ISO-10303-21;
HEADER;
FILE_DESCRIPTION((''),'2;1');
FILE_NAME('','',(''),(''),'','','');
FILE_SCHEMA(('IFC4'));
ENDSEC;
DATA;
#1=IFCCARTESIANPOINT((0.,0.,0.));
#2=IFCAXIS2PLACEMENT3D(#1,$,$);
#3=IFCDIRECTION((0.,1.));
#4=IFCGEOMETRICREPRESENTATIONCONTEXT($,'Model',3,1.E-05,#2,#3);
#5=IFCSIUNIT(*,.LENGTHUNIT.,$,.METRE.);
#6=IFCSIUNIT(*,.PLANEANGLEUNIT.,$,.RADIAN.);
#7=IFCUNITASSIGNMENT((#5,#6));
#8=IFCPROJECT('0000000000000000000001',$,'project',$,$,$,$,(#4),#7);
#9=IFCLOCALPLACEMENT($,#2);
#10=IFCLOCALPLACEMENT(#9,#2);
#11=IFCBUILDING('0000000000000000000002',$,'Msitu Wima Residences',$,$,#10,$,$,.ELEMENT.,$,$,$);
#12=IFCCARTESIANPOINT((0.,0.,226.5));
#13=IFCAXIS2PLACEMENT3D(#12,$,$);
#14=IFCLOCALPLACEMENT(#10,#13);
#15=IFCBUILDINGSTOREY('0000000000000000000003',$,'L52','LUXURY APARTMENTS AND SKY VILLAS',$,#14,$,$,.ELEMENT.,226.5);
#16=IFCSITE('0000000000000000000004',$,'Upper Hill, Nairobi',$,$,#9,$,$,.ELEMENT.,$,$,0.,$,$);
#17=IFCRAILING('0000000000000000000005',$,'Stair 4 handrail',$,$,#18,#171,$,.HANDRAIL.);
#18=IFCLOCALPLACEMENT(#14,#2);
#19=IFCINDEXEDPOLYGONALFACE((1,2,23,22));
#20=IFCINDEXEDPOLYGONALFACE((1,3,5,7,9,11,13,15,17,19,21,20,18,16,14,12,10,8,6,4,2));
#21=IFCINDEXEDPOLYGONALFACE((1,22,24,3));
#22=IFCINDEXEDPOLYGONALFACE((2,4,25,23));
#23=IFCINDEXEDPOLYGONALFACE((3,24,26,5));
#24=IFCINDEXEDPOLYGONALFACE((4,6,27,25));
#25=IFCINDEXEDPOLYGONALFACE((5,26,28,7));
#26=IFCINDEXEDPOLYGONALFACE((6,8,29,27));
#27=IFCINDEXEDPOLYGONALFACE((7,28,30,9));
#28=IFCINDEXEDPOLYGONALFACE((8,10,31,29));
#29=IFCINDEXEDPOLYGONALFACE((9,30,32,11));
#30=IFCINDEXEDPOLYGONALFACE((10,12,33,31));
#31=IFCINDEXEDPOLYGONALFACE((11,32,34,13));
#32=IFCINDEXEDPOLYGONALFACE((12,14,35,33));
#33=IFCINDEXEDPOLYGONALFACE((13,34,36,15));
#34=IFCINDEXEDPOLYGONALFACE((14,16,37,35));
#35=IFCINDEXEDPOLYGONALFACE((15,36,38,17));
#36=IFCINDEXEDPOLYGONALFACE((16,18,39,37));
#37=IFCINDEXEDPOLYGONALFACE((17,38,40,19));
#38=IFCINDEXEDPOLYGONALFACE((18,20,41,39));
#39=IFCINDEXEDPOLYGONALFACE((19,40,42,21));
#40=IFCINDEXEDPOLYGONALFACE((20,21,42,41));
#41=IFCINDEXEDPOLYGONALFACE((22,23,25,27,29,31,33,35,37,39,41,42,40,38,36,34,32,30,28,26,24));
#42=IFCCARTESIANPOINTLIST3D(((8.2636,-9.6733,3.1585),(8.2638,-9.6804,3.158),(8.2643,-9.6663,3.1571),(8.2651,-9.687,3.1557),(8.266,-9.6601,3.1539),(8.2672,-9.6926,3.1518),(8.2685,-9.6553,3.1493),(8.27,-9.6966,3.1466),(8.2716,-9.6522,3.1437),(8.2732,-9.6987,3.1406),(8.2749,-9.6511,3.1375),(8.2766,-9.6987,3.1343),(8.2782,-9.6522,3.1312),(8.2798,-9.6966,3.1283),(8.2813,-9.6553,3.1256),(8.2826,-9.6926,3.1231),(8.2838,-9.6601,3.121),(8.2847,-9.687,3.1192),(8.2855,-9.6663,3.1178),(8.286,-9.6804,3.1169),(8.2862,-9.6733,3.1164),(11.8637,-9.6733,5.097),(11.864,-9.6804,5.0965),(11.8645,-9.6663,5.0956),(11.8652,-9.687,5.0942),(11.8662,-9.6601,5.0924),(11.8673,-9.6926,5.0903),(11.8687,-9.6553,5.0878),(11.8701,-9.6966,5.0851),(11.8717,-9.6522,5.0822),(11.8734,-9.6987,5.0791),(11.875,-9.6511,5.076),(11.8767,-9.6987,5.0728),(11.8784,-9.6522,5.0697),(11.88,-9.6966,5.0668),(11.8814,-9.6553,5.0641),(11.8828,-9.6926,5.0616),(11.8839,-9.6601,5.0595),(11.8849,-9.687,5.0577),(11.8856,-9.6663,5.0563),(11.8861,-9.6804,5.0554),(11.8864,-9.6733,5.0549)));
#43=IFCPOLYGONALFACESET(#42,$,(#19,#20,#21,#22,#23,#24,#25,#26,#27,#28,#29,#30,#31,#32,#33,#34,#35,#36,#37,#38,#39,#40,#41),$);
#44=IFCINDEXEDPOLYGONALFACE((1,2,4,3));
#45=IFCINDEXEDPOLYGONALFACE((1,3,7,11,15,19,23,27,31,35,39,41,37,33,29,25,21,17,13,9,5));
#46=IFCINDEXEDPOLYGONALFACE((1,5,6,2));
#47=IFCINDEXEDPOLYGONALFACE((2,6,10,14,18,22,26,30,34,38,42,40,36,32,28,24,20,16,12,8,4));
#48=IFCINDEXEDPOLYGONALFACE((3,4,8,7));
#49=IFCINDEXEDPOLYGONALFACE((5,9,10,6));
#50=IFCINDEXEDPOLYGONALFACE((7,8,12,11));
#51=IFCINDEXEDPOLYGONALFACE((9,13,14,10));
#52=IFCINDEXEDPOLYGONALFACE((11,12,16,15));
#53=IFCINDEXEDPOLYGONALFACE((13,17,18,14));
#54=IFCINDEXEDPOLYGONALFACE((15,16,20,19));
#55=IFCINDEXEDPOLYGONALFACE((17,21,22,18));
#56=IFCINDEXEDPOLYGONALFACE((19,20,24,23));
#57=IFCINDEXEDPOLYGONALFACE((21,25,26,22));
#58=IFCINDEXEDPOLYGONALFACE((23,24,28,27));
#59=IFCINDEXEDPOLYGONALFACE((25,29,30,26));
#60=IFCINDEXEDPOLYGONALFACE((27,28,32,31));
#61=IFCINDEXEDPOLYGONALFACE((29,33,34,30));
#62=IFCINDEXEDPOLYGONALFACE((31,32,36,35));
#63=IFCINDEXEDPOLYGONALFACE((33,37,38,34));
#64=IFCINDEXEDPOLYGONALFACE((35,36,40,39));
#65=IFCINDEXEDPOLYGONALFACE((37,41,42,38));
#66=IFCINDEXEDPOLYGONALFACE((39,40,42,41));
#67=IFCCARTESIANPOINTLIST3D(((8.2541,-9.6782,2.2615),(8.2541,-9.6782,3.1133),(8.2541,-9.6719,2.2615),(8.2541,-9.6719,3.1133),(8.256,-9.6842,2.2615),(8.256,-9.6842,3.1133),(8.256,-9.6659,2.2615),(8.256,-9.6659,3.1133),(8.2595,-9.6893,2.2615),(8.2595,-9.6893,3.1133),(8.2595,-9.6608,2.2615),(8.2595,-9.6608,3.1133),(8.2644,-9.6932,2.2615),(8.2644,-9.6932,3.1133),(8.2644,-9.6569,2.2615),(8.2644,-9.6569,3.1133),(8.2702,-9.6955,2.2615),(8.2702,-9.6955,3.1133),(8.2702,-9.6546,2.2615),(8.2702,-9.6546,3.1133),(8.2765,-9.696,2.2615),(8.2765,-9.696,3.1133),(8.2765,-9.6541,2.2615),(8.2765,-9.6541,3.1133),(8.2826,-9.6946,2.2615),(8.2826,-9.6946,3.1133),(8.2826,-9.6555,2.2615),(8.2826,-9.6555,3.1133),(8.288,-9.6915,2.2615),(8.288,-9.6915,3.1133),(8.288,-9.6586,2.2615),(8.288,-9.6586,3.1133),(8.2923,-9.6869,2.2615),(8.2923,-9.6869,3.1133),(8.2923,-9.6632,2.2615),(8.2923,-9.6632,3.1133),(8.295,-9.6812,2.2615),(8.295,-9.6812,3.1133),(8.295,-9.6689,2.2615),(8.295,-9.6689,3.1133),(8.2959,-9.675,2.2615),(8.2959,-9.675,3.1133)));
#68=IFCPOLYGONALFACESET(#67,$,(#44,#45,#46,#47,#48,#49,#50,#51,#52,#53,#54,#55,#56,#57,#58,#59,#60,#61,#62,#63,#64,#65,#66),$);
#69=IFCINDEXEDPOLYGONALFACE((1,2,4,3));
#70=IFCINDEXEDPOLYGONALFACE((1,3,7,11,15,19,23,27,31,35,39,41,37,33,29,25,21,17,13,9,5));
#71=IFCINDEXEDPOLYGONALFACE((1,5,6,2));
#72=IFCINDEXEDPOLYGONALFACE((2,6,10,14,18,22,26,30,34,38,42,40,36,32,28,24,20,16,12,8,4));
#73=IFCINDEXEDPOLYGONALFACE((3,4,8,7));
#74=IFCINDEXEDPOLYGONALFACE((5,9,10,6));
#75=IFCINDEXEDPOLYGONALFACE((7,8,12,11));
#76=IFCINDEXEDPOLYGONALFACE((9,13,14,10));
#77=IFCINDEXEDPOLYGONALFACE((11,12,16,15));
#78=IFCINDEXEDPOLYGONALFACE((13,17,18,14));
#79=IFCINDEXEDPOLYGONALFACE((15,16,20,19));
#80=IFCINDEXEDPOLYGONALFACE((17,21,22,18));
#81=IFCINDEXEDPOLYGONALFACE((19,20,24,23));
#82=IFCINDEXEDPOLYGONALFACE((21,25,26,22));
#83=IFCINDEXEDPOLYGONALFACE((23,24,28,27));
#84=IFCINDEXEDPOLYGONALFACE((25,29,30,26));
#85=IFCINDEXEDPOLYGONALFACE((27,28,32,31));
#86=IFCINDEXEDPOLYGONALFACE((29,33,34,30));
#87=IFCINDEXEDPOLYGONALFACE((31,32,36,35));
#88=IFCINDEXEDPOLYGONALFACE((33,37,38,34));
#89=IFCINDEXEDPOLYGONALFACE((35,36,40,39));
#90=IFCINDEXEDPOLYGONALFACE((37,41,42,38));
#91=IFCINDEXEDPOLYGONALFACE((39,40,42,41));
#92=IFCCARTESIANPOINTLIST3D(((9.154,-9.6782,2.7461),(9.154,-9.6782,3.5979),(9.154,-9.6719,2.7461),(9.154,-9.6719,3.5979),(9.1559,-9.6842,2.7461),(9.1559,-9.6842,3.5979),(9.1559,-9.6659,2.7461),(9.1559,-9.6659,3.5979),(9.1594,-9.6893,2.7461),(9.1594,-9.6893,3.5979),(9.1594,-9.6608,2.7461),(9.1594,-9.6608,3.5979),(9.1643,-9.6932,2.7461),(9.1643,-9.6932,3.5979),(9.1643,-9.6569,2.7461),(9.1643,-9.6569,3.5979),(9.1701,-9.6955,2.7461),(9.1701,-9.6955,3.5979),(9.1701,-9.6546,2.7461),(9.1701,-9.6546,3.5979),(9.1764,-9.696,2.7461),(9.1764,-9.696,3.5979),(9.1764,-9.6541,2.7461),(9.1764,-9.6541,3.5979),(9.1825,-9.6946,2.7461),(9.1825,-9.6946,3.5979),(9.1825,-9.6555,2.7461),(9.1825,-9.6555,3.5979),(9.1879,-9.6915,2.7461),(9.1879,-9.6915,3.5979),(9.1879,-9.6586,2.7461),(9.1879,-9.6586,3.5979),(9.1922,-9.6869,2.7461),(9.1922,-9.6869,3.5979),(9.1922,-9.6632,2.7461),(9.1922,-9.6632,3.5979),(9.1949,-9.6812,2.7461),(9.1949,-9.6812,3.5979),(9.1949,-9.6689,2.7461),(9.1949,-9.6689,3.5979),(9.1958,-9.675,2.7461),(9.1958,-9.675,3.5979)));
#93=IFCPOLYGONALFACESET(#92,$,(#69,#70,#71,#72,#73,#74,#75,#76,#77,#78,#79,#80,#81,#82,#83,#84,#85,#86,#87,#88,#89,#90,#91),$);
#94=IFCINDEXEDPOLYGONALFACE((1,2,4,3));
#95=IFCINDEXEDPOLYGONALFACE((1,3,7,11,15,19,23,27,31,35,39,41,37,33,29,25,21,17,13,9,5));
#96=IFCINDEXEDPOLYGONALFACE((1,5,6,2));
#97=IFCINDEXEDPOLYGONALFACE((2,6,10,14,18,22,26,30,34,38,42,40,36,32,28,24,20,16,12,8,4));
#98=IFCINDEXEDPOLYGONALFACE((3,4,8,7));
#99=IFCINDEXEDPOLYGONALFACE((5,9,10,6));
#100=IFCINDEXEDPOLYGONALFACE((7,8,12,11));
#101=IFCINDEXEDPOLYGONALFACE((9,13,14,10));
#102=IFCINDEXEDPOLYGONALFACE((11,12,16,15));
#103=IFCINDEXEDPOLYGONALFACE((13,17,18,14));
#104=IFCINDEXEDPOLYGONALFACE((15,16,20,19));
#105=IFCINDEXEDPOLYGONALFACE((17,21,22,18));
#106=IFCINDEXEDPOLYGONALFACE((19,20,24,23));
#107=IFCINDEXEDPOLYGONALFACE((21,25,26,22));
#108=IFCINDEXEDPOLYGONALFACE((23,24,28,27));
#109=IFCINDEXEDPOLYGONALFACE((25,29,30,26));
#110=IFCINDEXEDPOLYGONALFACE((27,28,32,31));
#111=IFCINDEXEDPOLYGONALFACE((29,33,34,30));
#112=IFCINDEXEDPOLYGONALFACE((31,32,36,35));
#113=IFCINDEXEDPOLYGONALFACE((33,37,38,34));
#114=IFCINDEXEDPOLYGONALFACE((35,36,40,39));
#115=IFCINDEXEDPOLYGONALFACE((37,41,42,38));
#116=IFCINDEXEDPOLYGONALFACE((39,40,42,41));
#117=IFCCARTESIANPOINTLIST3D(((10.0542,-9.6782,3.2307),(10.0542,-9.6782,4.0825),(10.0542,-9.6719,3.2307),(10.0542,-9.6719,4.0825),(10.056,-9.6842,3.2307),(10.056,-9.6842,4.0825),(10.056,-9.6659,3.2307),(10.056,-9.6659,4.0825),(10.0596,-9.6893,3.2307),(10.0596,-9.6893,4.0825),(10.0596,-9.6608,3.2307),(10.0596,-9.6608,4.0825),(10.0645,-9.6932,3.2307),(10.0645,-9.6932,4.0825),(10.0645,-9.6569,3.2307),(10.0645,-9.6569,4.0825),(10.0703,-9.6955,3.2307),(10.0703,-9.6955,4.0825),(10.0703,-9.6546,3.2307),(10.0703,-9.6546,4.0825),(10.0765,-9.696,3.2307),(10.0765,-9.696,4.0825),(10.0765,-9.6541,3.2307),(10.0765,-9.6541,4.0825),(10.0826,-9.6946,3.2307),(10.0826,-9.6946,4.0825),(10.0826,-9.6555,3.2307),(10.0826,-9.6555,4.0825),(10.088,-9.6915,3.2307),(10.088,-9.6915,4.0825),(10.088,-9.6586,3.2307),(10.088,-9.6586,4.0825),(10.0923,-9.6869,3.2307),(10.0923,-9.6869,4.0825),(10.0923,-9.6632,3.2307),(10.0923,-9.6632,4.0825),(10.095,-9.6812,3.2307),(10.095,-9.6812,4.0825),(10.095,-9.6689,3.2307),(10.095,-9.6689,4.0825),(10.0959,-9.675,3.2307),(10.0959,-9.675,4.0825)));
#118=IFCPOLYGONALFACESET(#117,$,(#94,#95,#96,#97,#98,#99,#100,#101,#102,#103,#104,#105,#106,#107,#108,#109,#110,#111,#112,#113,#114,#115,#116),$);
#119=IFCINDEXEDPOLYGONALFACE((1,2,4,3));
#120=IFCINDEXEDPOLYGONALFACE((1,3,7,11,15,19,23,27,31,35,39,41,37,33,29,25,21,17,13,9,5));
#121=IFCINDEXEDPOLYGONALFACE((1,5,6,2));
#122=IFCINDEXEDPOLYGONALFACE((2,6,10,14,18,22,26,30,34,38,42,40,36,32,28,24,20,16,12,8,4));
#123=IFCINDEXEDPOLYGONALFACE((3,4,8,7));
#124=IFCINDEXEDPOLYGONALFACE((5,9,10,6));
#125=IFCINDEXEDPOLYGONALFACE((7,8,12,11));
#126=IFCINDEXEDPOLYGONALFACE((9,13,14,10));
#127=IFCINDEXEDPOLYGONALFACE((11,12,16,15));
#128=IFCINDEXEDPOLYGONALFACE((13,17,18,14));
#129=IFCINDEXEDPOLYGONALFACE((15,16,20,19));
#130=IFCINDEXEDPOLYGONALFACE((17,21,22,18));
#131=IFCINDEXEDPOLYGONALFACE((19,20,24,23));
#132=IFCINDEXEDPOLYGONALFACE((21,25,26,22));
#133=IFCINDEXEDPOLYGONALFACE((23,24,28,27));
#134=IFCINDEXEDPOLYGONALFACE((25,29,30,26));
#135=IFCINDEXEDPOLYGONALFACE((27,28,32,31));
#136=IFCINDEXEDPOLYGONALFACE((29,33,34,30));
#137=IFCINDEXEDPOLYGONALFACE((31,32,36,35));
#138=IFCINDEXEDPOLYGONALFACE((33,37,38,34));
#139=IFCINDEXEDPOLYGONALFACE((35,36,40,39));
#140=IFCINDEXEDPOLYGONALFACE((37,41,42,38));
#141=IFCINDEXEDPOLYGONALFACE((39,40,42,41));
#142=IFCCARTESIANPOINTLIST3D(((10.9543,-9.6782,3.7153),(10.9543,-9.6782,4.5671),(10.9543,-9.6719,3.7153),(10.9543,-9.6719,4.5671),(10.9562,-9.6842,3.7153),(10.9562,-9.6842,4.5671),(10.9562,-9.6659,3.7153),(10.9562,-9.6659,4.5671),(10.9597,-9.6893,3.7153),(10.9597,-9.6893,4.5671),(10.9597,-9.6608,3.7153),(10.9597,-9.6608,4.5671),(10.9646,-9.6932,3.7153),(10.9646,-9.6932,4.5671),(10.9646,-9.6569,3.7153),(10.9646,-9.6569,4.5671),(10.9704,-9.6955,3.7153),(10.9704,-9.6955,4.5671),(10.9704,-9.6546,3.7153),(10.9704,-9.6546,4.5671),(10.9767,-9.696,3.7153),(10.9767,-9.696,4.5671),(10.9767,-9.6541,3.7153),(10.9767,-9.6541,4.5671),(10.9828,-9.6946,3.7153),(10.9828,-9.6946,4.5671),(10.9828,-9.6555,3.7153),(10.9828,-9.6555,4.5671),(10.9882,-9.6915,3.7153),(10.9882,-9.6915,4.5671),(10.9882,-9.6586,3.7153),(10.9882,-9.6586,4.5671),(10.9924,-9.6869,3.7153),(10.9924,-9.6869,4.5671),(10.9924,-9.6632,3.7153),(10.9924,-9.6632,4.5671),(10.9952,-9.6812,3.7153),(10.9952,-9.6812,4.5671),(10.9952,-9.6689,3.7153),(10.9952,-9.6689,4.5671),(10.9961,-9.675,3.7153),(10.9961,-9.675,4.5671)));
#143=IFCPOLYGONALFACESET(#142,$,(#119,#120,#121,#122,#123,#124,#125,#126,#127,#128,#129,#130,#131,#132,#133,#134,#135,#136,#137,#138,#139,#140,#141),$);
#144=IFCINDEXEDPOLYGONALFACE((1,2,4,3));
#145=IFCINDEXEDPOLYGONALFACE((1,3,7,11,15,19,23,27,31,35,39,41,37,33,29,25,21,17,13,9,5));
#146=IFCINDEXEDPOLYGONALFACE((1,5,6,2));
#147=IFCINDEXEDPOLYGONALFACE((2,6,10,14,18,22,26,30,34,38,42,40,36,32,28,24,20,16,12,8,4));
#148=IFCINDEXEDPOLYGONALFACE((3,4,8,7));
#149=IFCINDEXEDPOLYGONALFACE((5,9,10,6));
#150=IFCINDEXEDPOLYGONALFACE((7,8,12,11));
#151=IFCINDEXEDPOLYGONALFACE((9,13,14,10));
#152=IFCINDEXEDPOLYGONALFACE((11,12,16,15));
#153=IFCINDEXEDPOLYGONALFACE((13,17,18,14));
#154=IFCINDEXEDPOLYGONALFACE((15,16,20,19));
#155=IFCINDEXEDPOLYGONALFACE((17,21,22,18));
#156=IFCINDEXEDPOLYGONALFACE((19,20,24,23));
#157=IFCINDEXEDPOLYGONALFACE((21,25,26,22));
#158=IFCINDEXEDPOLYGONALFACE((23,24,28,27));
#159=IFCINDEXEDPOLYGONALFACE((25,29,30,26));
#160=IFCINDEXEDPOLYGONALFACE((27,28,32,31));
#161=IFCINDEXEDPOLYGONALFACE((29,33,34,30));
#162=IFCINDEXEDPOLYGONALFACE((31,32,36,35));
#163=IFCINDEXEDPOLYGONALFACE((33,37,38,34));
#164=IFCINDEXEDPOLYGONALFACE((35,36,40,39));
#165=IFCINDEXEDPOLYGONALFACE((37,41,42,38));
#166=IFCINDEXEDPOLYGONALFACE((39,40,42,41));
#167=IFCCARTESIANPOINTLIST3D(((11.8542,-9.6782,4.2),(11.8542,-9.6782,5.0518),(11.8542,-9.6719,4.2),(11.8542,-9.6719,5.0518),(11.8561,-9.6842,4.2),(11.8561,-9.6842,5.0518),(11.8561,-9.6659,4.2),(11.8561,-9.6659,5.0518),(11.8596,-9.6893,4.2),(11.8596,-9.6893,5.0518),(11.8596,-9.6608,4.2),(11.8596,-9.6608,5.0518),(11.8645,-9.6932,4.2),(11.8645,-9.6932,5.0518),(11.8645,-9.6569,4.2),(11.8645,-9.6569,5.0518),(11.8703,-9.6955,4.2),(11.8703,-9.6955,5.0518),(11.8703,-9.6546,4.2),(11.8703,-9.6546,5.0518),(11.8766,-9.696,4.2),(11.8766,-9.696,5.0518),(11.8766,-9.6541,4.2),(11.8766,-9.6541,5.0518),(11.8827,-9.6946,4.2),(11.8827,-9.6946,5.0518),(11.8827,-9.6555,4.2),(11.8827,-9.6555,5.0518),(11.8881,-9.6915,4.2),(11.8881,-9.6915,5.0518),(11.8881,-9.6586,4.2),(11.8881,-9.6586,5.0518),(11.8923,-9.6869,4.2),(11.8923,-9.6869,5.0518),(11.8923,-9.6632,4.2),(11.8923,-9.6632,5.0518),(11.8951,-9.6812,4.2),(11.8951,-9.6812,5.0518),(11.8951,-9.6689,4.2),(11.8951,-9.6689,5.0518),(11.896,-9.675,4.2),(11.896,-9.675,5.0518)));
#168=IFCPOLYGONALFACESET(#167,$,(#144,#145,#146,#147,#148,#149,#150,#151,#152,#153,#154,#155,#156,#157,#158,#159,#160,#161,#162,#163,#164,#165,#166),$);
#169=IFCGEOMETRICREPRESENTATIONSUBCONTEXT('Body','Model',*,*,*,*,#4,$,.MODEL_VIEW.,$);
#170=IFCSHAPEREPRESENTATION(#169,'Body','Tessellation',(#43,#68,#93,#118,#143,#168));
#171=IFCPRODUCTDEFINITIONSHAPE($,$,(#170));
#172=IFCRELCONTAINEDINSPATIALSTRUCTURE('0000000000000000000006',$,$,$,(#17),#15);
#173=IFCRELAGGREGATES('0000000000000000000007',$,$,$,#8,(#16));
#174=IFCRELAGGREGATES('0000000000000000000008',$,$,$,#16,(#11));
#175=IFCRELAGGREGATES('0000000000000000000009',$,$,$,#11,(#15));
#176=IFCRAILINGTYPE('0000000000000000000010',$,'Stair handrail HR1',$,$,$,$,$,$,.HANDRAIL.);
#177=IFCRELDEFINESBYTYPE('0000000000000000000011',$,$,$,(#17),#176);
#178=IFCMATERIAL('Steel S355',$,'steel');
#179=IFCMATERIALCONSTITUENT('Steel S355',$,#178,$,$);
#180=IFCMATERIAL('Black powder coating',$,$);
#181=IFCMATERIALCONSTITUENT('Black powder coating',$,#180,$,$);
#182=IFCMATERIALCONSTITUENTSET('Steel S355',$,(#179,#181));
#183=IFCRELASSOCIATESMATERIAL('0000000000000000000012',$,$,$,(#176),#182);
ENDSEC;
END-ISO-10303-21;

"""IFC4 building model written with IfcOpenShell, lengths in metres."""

from ifc_helpers import new_model, si_unit, direction, frame, origin, origin_2d, place, context, subcontext, project, spatial, circle, extrude, material, constituent, constituent_set, type_object, element, save


model = new_model("IFC4")

# Units and contexts
model_context = context("Model", 3, precision=1e-05, world=origin(), true_north=direction((0.0, 1.0)))
body_context = subcontext(model_context, "Body", "Model", "MODEL_VIEW")
ifc_project = project(units=[si_unit("LENGTHUNIT", "METRE"), si_unit("PLANEANGLEUNIT", "RADIAN")], contexts=[model_context])

# Site, building, storey
site_placement = place(None, origin())
site = spatial("IfcSite", under=ifc_project, at=site_placement, Name="Upper Hill, Nairobi", CompositionType="ELEMENT", RefElevation=0.0)
building_placement = place(site_placement, origin())
building = spatial("IfcBuilding", under=site, at=building_placement, Name="Msitu Wima Residences", CompositionType="ELEMENT")
storey_placement = place(building_placement, frame((0.0, 0.0, 226.5)))
storey = spatial("IfcBuildingStorey", under=building, at=storey_placement, Name="L52", Description="LUXURY APARTMENTS AND SKY VILLAS", CompositionType="ELEMENT", Elevation=226.5)

# Railing
ifc_material_1 = material(Name="Steel S355", Category="steel")
ifc_constituent_1 = constituent(ifc_material_1, Name="Steel S355")
ifc_material_2 = material(Name="Black powder coating")
ifc_constituent_2 = constituent(ifc_material_2, Name="Black powder coating")
ifc_constituent_set = constituent_set(constituents=[ifc_constituent_1, ifc_constituent_2], Name="Steel S355")
railing_type = type_object("IfcRailingType", Name="Stair handrail HR1", PredefinedType="HANDRAIL", material=ifc_constituent_set)
for number, where, name in (
    (1, (8.2749, -9.675, 2.2615), "Stair 4 handrail"),
):
    element("IfcRailing", number, at=place(storey_placement, frame(where)), inside=storey, type_object=railing_type, Name=name, PredefinedType="HANDRAIL", context=body_context, shape_type="SweptSolid", body=[
        extrude(circle(Radius=0.0239, at=origin_2d()), frame((0.0, 0.0, 0.876), z_axis=(0.880475, 0.0, 0.474093), x_axis=(0.0, 1.0, 0.0)), (0.0, 0.0, 1.0), 4.0889),
        extrude(circle(Radius=0.021, at=origin_2d()), origin(), (0.0, 0.0, 1.0), 0.8518),
        extrude(circle(Radius=0.021, at=origin_2d()), frame((0.8999, 0.0, 0.4846)), (0.0, 0.0, 1.0), 0.8518),
        extrude(circle(Radius=0.021, at=origin_2d()), frame((1.8, 0.0, 0.9692)), (0.0, 0.0, 1.0), 0.8518),
        extrude(circle(Radius=0.021, at=origin_2d()), frame((2.7002, 0.0, 1.4539)), (0.0, 0.0, 1.0), 0.8518),
        extrude(circle(Radius=0.021, at=origin_2d()), frame((3.6001, 0.0, 1.9385)), (0.0, 0.0, 1.0), 0.8518),
    ])

save(model, "model.ifc")
